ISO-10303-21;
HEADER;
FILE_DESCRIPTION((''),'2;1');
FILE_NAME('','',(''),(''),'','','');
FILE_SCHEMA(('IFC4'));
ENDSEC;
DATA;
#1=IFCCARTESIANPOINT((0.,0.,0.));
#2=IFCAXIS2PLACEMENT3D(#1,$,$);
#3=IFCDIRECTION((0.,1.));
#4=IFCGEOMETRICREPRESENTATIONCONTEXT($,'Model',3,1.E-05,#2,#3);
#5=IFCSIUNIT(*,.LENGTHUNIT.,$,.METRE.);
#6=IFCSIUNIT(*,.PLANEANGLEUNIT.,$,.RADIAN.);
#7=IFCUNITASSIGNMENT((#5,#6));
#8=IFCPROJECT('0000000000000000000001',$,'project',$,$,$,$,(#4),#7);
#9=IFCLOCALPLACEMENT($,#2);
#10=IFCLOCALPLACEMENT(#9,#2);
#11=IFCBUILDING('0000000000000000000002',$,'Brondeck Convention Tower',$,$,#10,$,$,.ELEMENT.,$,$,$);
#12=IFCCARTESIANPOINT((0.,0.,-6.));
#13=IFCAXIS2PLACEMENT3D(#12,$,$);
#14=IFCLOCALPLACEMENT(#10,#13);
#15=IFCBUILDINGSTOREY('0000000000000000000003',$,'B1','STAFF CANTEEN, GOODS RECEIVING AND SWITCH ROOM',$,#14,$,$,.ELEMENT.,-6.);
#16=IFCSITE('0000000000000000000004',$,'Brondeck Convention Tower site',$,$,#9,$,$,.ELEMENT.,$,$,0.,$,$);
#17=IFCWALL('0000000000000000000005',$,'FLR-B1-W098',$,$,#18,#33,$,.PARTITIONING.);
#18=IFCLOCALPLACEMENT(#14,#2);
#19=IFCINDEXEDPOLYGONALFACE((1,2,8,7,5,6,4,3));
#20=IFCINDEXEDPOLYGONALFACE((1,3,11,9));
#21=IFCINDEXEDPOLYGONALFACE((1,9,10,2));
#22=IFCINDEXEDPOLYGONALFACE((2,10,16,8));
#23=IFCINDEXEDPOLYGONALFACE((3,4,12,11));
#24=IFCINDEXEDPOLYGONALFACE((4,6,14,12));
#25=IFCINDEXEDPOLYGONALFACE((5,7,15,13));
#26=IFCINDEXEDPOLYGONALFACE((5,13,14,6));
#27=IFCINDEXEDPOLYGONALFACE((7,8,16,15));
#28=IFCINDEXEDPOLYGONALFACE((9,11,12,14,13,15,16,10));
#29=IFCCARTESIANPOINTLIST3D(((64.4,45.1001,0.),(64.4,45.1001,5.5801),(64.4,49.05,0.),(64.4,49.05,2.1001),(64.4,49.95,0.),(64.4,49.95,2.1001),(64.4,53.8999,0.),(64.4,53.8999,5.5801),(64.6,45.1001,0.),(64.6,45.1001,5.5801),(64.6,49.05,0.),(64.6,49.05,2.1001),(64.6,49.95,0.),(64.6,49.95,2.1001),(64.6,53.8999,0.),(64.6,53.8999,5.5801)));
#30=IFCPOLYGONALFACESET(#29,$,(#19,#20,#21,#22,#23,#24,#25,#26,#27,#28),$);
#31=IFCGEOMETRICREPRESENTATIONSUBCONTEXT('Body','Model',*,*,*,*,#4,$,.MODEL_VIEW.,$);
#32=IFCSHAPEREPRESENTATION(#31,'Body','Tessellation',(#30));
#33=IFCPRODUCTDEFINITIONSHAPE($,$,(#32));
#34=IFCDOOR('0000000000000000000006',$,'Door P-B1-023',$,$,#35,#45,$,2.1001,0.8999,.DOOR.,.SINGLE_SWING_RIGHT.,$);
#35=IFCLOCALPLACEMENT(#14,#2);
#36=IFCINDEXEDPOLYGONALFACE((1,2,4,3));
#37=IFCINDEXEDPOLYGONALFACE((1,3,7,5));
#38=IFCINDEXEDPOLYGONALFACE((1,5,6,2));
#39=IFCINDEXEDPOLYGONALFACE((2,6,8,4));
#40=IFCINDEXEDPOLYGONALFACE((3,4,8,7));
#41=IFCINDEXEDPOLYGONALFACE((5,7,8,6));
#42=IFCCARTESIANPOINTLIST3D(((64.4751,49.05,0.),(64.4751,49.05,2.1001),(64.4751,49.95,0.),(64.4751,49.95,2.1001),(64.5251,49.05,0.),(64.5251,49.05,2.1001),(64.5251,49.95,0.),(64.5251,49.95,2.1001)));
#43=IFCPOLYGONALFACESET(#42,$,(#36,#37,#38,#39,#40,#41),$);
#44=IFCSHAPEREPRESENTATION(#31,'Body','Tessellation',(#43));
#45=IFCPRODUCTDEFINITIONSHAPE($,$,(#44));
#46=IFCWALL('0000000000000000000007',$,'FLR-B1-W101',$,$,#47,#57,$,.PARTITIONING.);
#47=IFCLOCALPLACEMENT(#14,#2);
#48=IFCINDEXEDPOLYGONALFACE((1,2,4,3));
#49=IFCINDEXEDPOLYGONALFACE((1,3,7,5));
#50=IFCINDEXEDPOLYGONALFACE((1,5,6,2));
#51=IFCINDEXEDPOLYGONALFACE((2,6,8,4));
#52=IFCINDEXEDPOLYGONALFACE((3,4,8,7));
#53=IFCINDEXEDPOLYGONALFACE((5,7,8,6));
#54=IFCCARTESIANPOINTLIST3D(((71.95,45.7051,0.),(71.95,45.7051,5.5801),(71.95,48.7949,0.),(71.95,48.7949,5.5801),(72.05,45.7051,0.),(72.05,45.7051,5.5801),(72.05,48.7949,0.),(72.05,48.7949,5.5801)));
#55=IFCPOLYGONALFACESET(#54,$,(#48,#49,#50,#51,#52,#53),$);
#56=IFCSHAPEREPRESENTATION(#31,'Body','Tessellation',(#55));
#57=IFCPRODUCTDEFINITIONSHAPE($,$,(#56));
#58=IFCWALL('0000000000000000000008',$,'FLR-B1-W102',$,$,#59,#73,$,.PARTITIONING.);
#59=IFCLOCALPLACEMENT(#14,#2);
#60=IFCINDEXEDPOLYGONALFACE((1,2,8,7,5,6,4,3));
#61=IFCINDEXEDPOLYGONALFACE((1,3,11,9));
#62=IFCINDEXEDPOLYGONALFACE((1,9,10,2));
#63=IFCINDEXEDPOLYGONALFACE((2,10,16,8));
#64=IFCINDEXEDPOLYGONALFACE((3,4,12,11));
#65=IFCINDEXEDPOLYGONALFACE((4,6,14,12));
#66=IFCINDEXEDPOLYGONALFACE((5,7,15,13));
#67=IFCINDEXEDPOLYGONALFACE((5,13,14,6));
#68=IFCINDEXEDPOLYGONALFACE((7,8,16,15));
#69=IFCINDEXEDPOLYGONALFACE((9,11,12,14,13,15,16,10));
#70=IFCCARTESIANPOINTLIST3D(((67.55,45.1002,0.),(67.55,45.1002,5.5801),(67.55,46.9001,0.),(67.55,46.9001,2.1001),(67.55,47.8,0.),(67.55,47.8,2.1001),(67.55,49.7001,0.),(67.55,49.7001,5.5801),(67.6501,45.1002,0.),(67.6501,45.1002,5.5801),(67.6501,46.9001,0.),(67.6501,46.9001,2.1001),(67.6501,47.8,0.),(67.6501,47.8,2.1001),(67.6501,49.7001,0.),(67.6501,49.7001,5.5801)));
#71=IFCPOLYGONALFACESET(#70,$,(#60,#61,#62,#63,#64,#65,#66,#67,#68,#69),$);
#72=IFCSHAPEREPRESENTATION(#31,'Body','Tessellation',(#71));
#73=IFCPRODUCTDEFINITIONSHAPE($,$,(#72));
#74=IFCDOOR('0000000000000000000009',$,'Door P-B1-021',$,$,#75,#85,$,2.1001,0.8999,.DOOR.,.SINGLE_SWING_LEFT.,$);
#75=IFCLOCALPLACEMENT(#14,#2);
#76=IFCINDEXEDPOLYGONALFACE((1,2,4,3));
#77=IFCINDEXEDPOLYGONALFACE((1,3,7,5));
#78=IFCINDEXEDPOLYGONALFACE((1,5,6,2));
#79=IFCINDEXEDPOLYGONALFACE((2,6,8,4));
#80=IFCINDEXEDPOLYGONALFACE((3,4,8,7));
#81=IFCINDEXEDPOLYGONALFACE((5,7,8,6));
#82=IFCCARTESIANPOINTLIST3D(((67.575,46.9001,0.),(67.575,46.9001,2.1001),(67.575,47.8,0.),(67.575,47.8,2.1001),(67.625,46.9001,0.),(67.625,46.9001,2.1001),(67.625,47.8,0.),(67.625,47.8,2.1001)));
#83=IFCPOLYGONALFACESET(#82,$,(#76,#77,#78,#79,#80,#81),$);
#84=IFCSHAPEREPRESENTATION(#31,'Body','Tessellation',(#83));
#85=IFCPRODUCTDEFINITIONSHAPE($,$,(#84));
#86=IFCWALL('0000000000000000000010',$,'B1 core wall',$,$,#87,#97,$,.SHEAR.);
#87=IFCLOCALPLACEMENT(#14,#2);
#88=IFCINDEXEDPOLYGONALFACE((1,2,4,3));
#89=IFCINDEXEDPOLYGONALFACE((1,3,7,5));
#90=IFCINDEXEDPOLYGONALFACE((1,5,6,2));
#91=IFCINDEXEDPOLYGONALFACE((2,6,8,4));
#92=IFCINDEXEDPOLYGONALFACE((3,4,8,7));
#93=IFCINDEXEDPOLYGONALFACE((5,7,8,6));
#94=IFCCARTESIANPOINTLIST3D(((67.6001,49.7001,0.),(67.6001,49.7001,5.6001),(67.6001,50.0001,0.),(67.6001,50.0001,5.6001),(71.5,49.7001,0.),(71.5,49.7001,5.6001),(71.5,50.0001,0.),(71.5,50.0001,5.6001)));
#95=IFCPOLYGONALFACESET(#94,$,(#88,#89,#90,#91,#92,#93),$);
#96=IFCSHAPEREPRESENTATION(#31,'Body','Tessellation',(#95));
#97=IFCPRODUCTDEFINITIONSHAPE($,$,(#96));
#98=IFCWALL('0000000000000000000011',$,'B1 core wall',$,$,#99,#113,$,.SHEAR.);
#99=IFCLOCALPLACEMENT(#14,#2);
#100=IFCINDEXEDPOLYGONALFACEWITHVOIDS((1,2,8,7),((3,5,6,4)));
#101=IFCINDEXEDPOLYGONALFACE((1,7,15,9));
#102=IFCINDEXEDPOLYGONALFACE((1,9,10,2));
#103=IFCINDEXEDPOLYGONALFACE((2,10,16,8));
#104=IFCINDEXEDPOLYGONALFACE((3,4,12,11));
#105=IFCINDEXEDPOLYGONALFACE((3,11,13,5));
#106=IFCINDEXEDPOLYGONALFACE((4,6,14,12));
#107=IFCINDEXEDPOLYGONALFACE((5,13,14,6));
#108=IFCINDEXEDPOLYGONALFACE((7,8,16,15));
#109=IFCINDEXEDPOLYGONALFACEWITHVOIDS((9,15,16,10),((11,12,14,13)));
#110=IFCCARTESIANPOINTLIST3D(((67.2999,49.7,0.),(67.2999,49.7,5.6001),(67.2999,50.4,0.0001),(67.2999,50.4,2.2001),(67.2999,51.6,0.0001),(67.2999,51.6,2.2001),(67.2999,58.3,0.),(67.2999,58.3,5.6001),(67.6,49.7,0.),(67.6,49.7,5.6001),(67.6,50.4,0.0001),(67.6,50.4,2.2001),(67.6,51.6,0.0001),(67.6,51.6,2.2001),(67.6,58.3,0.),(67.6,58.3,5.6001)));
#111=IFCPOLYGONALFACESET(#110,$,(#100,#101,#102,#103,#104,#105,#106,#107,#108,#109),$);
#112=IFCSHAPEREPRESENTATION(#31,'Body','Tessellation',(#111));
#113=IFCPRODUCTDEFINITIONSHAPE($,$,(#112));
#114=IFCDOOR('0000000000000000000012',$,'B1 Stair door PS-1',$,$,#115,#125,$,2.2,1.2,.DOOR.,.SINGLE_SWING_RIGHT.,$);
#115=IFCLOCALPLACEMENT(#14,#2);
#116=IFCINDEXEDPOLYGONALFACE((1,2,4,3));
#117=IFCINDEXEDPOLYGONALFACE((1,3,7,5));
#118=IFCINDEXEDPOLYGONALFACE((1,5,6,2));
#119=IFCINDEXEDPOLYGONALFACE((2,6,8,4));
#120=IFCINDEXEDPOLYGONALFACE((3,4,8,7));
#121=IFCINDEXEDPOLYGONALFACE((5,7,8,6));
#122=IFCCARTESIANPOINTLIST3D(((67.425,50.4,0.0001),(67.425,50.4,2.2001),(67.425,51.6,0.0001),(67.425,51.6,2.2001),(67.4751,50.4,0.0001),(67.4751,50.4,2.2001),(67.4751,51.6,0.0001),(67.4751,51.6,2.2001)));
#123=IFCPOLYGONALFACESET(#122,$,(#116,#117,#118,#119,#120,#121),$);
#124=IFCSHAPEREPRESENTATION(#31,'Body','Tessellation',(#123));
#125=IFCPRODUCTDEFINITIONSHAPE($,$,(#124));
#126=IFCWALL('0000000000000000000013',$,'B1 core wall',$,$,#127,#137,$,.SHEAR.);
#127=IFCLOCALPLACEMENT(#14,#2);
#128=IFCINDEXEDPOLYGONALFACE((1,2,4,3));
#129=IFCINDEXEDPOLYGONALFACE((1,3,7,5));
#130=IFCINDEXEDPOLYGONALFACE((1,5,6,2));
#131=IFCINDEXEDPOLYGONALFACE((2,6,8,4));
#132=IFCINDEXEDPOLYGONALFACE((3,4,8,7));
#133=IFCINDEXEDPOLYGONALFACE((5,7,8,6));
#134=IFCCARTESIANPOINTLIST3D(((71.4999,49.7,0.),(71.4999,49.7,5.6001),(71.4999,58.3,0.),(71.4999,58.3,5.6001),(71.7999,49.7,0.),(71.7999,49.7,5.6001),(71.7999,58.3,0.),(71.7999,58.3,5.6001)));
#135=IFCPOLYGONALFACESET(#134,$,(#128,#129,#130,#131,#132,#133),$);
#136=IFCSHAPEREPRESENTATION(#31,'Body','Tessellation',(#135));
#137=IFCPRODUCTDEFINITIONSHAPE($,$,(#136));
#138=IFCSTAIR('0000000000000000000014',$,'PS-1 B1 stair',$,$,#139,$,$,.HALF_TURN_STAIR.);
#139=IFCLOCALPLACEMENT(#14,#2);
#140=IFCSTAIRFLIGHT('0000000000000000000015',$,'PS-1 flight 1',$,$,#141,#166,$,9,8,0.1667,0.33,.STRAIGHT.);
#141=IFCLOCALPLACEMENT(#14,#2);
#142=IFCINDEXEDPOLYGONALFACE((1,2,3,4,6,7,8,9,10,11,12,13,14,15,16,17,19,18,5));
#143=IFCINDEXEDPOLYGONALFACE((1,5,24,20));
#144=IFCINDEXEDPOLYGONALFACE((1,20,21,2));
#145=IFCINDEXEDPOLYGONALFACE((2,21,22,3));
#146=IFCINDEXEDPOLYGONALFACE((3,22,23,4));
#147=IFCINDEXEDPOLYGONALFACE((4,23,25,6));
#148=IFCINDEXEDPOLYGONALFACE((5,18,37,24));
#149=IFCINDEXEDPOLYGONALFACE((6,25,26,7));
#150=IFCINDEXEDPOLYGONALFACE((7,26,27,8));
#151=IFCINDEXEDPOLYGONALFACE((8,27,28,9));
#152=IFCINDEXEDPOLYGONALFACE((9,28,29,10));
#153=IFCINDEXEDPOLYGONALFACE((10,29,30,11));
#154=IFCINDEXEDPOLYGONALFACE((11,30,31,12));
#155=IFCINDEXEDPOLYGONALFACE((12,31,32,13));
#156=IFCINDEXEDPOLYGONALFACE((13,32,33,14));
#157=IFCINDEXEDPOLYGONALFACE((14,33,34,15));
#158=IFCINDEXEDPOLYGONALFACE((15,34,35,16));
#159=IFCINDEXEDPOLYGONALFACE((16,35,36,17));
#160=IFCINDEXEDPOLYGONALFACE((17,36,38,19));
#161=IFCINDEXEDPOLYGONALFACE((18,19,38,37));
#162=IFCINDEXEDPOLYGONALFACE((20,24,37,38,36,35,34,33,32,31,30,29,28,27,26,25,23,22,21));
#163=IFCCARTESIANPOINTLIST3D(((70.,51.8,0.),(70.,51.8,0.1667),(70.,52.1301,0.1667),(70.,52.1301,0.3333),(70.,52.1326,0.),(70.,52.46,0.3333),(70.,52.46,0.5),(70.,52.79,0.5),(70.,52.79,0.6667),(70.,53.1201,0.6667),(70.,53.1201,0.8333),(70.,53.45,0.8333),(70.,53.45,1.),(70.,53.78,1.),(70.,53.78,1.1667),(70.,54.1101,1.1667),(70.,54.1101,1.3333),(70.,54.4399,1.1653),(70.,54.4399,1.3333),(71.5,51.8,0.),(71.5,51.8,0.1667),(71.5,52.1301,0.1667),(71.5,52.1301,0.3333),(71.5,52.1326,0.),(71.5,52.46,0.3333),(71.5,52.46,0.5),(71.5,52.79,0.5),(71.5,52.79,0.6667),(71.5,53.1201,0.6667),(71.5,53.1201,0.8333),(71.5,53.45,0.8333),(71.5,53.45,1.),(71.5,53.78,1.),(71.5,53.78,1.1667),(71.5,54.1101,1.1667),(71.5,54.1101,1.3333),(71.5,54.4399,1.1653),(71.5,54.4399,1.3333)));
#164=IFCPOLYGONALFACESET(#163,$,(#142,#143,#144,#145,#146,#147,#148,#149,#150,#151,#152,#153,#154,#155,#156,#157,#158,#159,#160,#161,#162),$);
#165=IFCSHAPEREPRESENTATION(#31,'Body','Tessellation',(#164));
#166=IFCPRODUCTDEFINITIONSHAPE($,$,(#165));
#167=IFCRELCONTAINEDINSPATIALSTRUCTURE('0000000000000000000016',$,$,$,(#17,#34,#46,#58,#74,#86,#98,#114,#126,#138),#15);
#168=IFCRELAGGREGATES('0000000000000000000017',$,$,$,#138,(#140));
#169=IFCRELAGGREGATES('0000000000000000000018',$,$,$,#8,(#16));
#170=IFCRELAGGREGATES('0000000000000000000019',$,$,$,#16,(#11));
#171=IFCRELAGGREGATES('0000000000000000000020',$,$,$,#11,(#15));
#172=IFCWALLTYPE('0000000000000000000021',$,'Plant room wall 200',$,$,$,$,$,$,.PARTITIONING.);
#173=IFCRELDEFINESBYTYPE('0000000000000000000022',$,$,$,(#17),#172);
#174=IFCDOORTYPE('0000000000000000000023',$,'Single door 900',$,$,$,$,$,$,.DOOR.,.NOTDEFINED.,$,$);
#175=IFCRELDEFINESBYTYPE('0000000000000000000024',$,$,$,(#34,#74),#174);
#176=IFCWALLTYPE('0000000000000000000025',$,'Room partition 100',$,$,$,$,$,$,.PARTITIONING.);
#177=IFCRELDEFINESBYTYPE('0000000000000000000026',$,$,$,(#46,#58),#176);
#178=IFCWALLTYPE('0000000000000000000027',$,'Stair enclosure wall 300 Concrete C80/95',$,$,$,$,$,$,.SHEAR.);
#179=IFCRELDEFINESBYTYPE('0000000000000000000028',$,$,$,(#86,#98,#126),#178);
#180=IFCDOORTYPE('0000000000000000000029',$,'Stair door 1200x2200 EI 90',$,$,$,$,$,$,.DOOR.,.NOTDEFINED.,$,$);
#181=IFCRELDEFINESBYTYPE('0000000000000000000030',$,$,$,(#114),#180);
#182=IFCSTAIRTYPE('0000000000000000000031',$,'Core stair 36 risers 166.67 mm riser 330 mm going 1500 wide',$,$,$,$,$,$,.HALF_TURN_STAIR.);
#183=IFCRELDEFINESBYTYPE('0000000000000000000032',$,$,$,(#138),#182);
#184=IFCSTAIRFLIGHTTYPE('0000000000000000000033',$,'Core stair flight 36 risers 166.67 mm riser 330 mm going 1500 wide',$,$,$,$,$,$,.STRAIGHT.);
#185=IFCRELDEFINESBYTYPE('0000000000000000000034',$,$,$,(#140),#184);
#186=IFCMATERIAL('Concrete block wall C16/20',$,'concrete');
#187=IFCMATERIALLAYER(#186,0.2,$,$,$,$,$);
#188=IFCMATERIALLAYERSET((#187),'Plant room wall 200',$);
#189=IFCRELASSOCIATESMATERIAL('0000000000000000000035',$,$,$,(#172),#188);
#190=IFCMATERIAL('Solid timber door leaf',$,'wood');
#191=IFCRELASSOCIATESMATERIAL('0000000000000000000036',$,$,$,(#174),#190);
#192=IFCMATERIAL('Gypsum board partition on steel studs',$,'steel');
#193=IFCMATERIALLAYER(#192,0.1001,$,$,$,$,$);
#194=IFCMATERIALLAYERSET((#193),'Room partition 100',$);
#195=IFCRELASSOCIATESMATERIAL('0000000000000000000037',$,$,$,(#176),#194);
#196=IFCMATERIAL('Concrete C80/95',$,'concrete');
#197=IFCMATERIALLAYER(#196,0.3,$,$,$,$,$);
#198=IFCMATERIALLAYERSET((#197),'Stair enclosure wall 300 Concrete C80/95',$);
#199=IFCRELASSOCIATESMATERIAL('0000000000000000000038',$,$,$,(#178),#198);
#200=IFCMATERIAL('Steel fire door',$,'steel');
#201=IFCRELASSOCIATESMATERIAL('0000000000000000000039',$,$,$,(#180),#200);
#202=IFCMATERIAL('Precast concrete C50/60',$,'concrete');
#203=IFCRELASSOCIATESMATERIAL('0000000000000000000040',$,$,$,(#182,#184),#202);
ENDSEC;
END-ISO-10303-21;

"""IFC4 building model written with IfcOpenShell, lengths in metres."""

from ifc_helpers import new_model, si_unit, direction, frame, frame_2d, origin, place, context, subcontext, project, spatial, polyline, rectangle, outline, extrude, material, layer, layer_set, type_object, element, fill, aggregate, save


model = new_model("IFC4")

# Units and contexts
model_context = context("Model", 3, precision=1e-05, world=origin(), true_north=direction((0.0, 1.0)))
body_context = subcontext(model_context, "Body", "Model", "MODEL_VIEW")
ifc_project = project(units=[si_unit("LENGTHUNIT", "METRE"), si_unit("PLANEANGLEUNIT", "RADIAN")], contexts=[model_context])

# Site, building, storey
site_placement = place(None, origin())
site = spatial("IfcSite", under=ifc_project, at=site_placement, Name="Brondeck Convention Tower site", CompositionType="ELEMENT", RefElevation=0.0)
building_placement = place(site_placement, origin())
building = spatial("IfcBuilding", under=site, at=building_placement, Name="Brondeck Convention Tower", CompositionType="ELEMENT")
storey_placement = place(building_placement, frame((0.0, 0.0, -6.0)))
storey = spatial("IfcBuildingStorey", under=building, at=storey_placement, Name="B1", Description="STAFF CANTEEN, GOODS RECEIVING AND SWITCH ROOM", CompositionType="ELEMENT", Elevation=-6.0)

# Shared definitions
ifc_material_1 = material(Name="Concrete C80/95", Category="concrete")

# Shared definitions
ifc_material_2 = material(Name="Concrete block wall C16/20", Category="concrete")
ifc_layer_1 = layer(ifc_material_2, 0.2)
ifc_layer_set_1 = layer_set([ifc_layer_1], Name="Plant room wall 200")
wall_type_1 = type_object("IfcWallType", Name="Plant room wall 200", PredefinedType="PARTITIONING", material=ifc_layer_set_1)

# Wall, opening, door
wall_1_placement = place(storey_placement, frame((64.5, 45.1001, 0.0), z_axis=(0.0, 0.0, 1.0), x_axis=(0.0, 1.0, 0.0)))
wall_1 = element("IfcWall", 1, at=wall_1_placement, inside=storey, type_object=wall_type_1, Name="FLR-B1-W098", PredefinedType="PARTITIONING", context=body_context, shape_type="SweptSolid", body=[
    extrude(rectangle(XDim=8.7998, YDim=0.2, at=frame_2d((4.3999, 0.0))), origin(), (0.0, 0.0, 1.0), 5.5801),
])
opening_1_placement = place(wall_1_placement, frame((3.95, 0.0, 0.0)))
opening_1 = element("IfcOpeningElement", 2, at=opening_1_placement, cuts=wall_1, PredefinedType="OPENING", context=body_context, shape_type="SweptSolid", body=[
    extrude(rectangle(XDim=0.8999, YDim=2.1001, at=frame_2d((0.45, 1.05))), frame((0.0, 0.1099, 0.0), z_axis=(0.0, -1.0, 0.0), x_axis=(1.0, 0.0, 0.0)), (0.0, 0.0, 1.0), 0.22),
])
ifc_material_3 = material(Name="Solid timber door leaf", Category="wood")
door_type_1 = type_object("IfcDoorType", Name="Single door 900", OperationType="NOTDEFINED", PredefinedType="DOOR", material=ifc_material_3)
door_1_placement = place(opening_1_placement, origin())
door_1 = element("IfcDoor", 3, at=door_1_placement, inside=storey, type_object=door_type_1, Name="Door P-B1-023", OperationType="SINGLE_SWING_RIGHT", OverallHeight=2.1001, OverallWidth=0.8999, PredefinedType="DOOR", context=body_context, shape_type="SweptSolid", body=[
    extrude(rectangle(XDim=0.8999, YDim=2.1001, at=frame_2d((0.45, 1.05))), frame((0.0, 0.0249, 0.0), z_axis=(0.0, -1.0, 0.0), x_axis=(1.0, 0.0, 0.0)), (0.0, 0.0, 1.0), 0.05),
])
fill(opening_1, door_1)

# Wall
ifc_material_4 = material(Name="Gypsum board partition on steel studs", Category="steel")
ifc_layer_2 = layer(ifc_material_4, 0.1001)
ifc_layer_set_2 = layer_set([ifc_layer_2], Name="Room partition 100")
wall_type_2 = type_object("IfcWallType", Name="Room partition 100", PredefinedType="PARTITIONING", material=ifc_layer_set_2)
wall_2_placement = place(storey_placement, frame((72.0, 48.7949, 0.0), z_axis=(0.0, 0.0, 1.0), x_axis=(0.0, -1.0, 0.0)))
element("IfcWall", 4, at=wall_2_placement, inside=storey, type_object=wall_type_2, Name="FLR-B1-W101", PredefinedType="PARTITIONING", context=body_context, shape_type="SweptSolid", body=[
    extrude(rectangle(XDim=3.0898, YDim=0.1001, at=frame_2d((1.5449, 0.0))), origin(), (0.0, 0.0, 1.0), 5.5801),
])

# Wall, opening, door
wall_3_placement = place(storey_placement, frame((67.6001, 49.7, 0.0), z_axis=(0.0, 0.0, 1.0), x_axis=(0.0, -1.0, 0.0)))
wall_3 = element("IfcWall", 5, at=wall_3_placement, inside=storey, type_object=wall_type_2, Name="FLR-B1-W102", PredefinedType="PARTITIONING", context=body_context, shape_type="SweptSolid", body=[
    extrude(rectangle(XDim=4.5999, YDim=0.1001, at=frame_2d((2.2998, 0.0))), origin(), (0.0, 0.0, 1.0), 5.5801),
])
opening_2_placement = place(wall_3_placement, frame((1.8999, 0.0, 0.0)))
opening_2 = element("IfcOpeningElement", 6, at=opening_2_placement, cuts=wall_3, PredefinedType="OPENING", context=body_context, shape_type="SweptSolid", body=[
    extrude(rectangle(XDim=0.8999, YDim=2.1001, at=frame_2d((0.45, 1.05))), frame((0.0, 0.0601, 0.0), z_axis=(0.0, -1.0, 0.0), x_axis=(1.0, 0.0, 0.0)), (0.0, 0.0, 1.0), 0.1201),
])
door_2_placement = place(opening_2_placement, origin())
door_2 = element("IfcDoor", 7, at=door_2_placement, inside=storey, type_object=door_type_1, Name="Door P-B1-021", OperationType="SINGLE_SWING_LEFT", OverallHeight=2.1001, OverallWidth=0.8999, PredefinedType="DOOR", context=body_context, shape_type="SweptSolid", body=[
    extrude(rectangle(XDim=0.8999, YDim=2.1001, at=frame_2d((0.45, 1.05))), frame((0.0, 0.0249, 0.0), z_axis=(0.0, -1.0, 0.0), x_axis=(1.0, 0.0, 0.0)), (0.0, 0.0, 1.0), 0.05),
])
fill(opening_2, door_2)

# Wall
ifc_layer_3 = layer(ifc_material_1, 0.3)
ifc_layer_set_3 = layer_set([ifc_layer_3], Name="Stair enclosure wall 300 Concrete C80/95")
wall_type_3 = type_object("IfcWallType", Name="Stair enclosure wall 300 Concrete C80/95", PredefinedType="SHEAR", material=ifc_layer_set_3)
wall_4_placement = place(storey_placement, frame((67.6001, 49.8501, 0.0), z_axis=(0.0, 0.0, 1.0), x_axis=(1.0, 0.0, 0.0)))
element("IfcWall", 8, at=wall_4_placement, inside=storey, type_object=wall_type_3, Name="B1 core wall", PredefinedType="SHEAR", context=body_context, shape_type="SweptSolid", body=[
    extrude(rectangle(XDim=3.8999, YDim=0.3, at=frame_2d((1.95, 0.0))), origin(), (0.0, 0.0, 1.0), 5.6001),
])

# Wall, opening, door
wall_5_placement = place(storey_placement, frame((67.45, 49.7, 0.0), z_axis=(0.0, 0.0, 1.0), x_axis=(0.0, 1.0, 0.0)))
wall_5 = element("IfcWall", 9, at=wall_5_placement, inside=storey, type_object=wall_type_3, Name="B1 core wall", PredefinedType="SHEAR", context=body_context, shape_type="SweptSolid", body=[
    extrude(rectangle(XDim=8.6001, YDim=0.3, at=frame_2d((4.3, 0.0))), origin(), (0.0, 0.0, 1.0), 5.6001),
])
opening_3_placement = place(wall_5_placement, frame((0.7, 0.0, 0.0)))
opening_3 = element("IfcOpeningElement", 10, at=opening_3_placement, cuts=wall_5, PredefinedType="OPENING", context=body_context, shape_type="SweptSolid", body=[
    extrude(rectangle(XDim=1.2, YDim=2.2, at=frame_2d((0.6001, 1.1001))), frame((0.0, 0.1599, 0.0), z_axis=(0.0, -1.0, 0.0), x_axis=(1.0, 0.0, 0.0)), (0.0, 0.0, 1.0), 0.3201),
])
ifc_material_5 = material(Name="Steel fire door", Category="steel")
door_type_2 = type_object("IfcDoorType", Name="Stair door 1200x2200 EI 90", OperationType="NOTDEFINED", PredefinedType="DOOR", material=ifc_material_5)
door_3_placement = place(opening_3_placement, origin())
door_3 = element("IfcDoor", 11, at=door_3_placement, inside=storey, type_object=door_type_2, Name="B1 Stair door PS-1", OperationType="SINGLE_SWING_RIGHT", OverallHeight=2.2, OverallWidth=1.2, PredefinedType="DOOR", context=body_context, shape_type="SweptSolid", body=[
    extrude(rectangle(XDim=1.2, YDim=2.2, at=frame_2d((0.6001, 1.1001))), frame((0.0, 0.0249, 0.0), z_axis=(0.0, -1.0, 0.0), x_axis=(1.0, 0.0, 0.0)), (0.0, 0.0, 1.0), 0.05),
])
fill(opening_3, door_3)

# Wall
wall_6_placement = place(storey_placement, frame((71.6499, 49.7, 0.0), z_axis=(0.0, 0.0, 1.0), x_axis=(0.0, 1.0, 0.0)))
element("IfcWall", 12, at=wall_6_placement, inside=storey, type_object=wall_type_3, Name="B1 core wall", PredefinedType="SHEAR", context=body_context, shape_type="SweptSolid", body=[
    extrude(rectangle(XDim=8.6001, YDim=0.3, at=frame_2d((4.3, 0.0))), origin(), (0.0, 0.0, 1.0), 5.6001),
])

# Stair, stair flight
ifc_material_6 = material(Name="Precast concrete C50/60", Category="concrete")
stair_type = type_object("IfcStairType", Name="Core stair 36 risers 166.67 mm riser 330 mm going 1500 wide", PredefinedType="HALF_TURN_STAIR", material=ifc_material_6)
stair_placement = place(storey_placement, origin())
stair = element("IfcStair", 13, at=stair_placement, inside=storey, type_object=stair_type, Name="PS-1 B1 stair", PredefinedType="HALF_TURN_STAIR")
stair_flight_type = type_object("IfcStairFlightType", Name="Core stair flight 36 risers 166.67 mm riser 330 mm going 1500 wide", PredefinedType="STRAIGHT", material=ifc_material_6)
stair_flight_1_placement = place(storey_placement, frame((70.75, 51.8, 0.0), z_axis=(0.0, 0.0, 1.0), x_axis=(0.0, 1.0, 0.0)))
stair_flight_1 = element("IfcStairFlight", 14, at=stair_flight_1_placement, type_object=stair_flight_type, Name="PS-1 flight 1", NumberOfRisers=9, NumberOfTreads=8, PredefinedType="STRAIGHT", RiserHeight=0.1667, TreadLength=0.33, context=body_context, shape_type="SweptSolid", body=[
    extrude(outline(polyline([(0.0, 0.0), (0.0, 0.1667), (0.3301, 0.1667), (0.3301, 0.3333), (0.6599, 0.3333), (0.6599, 0.5), (0.99, 0.5), (0.99, 0.6667), (1.3201, 0.6667), (1.3201, 0.8333), (1.6499, 0.8333), (1.6499, 1.0), (1.98, 1.0), (1.98, 1.1667), (2.3101, 1.1667), (2.3101, 1.3333), (2.6399, 1.3333), (2.6399, 1.5), (2.6399, 1.1653), (0.3325, 0.0), (0.0, 0.0)])), frame((0.0, 0.75, 0.0), z_axis=(0.0, -1.0, 0.0), x_axis=(1.0, 0.0, 0.0)), (0.0, 0.0, 1.0), 1.5),
])
aggregate(stair, [stair_flight_1])

save(model, "model.ifc")
